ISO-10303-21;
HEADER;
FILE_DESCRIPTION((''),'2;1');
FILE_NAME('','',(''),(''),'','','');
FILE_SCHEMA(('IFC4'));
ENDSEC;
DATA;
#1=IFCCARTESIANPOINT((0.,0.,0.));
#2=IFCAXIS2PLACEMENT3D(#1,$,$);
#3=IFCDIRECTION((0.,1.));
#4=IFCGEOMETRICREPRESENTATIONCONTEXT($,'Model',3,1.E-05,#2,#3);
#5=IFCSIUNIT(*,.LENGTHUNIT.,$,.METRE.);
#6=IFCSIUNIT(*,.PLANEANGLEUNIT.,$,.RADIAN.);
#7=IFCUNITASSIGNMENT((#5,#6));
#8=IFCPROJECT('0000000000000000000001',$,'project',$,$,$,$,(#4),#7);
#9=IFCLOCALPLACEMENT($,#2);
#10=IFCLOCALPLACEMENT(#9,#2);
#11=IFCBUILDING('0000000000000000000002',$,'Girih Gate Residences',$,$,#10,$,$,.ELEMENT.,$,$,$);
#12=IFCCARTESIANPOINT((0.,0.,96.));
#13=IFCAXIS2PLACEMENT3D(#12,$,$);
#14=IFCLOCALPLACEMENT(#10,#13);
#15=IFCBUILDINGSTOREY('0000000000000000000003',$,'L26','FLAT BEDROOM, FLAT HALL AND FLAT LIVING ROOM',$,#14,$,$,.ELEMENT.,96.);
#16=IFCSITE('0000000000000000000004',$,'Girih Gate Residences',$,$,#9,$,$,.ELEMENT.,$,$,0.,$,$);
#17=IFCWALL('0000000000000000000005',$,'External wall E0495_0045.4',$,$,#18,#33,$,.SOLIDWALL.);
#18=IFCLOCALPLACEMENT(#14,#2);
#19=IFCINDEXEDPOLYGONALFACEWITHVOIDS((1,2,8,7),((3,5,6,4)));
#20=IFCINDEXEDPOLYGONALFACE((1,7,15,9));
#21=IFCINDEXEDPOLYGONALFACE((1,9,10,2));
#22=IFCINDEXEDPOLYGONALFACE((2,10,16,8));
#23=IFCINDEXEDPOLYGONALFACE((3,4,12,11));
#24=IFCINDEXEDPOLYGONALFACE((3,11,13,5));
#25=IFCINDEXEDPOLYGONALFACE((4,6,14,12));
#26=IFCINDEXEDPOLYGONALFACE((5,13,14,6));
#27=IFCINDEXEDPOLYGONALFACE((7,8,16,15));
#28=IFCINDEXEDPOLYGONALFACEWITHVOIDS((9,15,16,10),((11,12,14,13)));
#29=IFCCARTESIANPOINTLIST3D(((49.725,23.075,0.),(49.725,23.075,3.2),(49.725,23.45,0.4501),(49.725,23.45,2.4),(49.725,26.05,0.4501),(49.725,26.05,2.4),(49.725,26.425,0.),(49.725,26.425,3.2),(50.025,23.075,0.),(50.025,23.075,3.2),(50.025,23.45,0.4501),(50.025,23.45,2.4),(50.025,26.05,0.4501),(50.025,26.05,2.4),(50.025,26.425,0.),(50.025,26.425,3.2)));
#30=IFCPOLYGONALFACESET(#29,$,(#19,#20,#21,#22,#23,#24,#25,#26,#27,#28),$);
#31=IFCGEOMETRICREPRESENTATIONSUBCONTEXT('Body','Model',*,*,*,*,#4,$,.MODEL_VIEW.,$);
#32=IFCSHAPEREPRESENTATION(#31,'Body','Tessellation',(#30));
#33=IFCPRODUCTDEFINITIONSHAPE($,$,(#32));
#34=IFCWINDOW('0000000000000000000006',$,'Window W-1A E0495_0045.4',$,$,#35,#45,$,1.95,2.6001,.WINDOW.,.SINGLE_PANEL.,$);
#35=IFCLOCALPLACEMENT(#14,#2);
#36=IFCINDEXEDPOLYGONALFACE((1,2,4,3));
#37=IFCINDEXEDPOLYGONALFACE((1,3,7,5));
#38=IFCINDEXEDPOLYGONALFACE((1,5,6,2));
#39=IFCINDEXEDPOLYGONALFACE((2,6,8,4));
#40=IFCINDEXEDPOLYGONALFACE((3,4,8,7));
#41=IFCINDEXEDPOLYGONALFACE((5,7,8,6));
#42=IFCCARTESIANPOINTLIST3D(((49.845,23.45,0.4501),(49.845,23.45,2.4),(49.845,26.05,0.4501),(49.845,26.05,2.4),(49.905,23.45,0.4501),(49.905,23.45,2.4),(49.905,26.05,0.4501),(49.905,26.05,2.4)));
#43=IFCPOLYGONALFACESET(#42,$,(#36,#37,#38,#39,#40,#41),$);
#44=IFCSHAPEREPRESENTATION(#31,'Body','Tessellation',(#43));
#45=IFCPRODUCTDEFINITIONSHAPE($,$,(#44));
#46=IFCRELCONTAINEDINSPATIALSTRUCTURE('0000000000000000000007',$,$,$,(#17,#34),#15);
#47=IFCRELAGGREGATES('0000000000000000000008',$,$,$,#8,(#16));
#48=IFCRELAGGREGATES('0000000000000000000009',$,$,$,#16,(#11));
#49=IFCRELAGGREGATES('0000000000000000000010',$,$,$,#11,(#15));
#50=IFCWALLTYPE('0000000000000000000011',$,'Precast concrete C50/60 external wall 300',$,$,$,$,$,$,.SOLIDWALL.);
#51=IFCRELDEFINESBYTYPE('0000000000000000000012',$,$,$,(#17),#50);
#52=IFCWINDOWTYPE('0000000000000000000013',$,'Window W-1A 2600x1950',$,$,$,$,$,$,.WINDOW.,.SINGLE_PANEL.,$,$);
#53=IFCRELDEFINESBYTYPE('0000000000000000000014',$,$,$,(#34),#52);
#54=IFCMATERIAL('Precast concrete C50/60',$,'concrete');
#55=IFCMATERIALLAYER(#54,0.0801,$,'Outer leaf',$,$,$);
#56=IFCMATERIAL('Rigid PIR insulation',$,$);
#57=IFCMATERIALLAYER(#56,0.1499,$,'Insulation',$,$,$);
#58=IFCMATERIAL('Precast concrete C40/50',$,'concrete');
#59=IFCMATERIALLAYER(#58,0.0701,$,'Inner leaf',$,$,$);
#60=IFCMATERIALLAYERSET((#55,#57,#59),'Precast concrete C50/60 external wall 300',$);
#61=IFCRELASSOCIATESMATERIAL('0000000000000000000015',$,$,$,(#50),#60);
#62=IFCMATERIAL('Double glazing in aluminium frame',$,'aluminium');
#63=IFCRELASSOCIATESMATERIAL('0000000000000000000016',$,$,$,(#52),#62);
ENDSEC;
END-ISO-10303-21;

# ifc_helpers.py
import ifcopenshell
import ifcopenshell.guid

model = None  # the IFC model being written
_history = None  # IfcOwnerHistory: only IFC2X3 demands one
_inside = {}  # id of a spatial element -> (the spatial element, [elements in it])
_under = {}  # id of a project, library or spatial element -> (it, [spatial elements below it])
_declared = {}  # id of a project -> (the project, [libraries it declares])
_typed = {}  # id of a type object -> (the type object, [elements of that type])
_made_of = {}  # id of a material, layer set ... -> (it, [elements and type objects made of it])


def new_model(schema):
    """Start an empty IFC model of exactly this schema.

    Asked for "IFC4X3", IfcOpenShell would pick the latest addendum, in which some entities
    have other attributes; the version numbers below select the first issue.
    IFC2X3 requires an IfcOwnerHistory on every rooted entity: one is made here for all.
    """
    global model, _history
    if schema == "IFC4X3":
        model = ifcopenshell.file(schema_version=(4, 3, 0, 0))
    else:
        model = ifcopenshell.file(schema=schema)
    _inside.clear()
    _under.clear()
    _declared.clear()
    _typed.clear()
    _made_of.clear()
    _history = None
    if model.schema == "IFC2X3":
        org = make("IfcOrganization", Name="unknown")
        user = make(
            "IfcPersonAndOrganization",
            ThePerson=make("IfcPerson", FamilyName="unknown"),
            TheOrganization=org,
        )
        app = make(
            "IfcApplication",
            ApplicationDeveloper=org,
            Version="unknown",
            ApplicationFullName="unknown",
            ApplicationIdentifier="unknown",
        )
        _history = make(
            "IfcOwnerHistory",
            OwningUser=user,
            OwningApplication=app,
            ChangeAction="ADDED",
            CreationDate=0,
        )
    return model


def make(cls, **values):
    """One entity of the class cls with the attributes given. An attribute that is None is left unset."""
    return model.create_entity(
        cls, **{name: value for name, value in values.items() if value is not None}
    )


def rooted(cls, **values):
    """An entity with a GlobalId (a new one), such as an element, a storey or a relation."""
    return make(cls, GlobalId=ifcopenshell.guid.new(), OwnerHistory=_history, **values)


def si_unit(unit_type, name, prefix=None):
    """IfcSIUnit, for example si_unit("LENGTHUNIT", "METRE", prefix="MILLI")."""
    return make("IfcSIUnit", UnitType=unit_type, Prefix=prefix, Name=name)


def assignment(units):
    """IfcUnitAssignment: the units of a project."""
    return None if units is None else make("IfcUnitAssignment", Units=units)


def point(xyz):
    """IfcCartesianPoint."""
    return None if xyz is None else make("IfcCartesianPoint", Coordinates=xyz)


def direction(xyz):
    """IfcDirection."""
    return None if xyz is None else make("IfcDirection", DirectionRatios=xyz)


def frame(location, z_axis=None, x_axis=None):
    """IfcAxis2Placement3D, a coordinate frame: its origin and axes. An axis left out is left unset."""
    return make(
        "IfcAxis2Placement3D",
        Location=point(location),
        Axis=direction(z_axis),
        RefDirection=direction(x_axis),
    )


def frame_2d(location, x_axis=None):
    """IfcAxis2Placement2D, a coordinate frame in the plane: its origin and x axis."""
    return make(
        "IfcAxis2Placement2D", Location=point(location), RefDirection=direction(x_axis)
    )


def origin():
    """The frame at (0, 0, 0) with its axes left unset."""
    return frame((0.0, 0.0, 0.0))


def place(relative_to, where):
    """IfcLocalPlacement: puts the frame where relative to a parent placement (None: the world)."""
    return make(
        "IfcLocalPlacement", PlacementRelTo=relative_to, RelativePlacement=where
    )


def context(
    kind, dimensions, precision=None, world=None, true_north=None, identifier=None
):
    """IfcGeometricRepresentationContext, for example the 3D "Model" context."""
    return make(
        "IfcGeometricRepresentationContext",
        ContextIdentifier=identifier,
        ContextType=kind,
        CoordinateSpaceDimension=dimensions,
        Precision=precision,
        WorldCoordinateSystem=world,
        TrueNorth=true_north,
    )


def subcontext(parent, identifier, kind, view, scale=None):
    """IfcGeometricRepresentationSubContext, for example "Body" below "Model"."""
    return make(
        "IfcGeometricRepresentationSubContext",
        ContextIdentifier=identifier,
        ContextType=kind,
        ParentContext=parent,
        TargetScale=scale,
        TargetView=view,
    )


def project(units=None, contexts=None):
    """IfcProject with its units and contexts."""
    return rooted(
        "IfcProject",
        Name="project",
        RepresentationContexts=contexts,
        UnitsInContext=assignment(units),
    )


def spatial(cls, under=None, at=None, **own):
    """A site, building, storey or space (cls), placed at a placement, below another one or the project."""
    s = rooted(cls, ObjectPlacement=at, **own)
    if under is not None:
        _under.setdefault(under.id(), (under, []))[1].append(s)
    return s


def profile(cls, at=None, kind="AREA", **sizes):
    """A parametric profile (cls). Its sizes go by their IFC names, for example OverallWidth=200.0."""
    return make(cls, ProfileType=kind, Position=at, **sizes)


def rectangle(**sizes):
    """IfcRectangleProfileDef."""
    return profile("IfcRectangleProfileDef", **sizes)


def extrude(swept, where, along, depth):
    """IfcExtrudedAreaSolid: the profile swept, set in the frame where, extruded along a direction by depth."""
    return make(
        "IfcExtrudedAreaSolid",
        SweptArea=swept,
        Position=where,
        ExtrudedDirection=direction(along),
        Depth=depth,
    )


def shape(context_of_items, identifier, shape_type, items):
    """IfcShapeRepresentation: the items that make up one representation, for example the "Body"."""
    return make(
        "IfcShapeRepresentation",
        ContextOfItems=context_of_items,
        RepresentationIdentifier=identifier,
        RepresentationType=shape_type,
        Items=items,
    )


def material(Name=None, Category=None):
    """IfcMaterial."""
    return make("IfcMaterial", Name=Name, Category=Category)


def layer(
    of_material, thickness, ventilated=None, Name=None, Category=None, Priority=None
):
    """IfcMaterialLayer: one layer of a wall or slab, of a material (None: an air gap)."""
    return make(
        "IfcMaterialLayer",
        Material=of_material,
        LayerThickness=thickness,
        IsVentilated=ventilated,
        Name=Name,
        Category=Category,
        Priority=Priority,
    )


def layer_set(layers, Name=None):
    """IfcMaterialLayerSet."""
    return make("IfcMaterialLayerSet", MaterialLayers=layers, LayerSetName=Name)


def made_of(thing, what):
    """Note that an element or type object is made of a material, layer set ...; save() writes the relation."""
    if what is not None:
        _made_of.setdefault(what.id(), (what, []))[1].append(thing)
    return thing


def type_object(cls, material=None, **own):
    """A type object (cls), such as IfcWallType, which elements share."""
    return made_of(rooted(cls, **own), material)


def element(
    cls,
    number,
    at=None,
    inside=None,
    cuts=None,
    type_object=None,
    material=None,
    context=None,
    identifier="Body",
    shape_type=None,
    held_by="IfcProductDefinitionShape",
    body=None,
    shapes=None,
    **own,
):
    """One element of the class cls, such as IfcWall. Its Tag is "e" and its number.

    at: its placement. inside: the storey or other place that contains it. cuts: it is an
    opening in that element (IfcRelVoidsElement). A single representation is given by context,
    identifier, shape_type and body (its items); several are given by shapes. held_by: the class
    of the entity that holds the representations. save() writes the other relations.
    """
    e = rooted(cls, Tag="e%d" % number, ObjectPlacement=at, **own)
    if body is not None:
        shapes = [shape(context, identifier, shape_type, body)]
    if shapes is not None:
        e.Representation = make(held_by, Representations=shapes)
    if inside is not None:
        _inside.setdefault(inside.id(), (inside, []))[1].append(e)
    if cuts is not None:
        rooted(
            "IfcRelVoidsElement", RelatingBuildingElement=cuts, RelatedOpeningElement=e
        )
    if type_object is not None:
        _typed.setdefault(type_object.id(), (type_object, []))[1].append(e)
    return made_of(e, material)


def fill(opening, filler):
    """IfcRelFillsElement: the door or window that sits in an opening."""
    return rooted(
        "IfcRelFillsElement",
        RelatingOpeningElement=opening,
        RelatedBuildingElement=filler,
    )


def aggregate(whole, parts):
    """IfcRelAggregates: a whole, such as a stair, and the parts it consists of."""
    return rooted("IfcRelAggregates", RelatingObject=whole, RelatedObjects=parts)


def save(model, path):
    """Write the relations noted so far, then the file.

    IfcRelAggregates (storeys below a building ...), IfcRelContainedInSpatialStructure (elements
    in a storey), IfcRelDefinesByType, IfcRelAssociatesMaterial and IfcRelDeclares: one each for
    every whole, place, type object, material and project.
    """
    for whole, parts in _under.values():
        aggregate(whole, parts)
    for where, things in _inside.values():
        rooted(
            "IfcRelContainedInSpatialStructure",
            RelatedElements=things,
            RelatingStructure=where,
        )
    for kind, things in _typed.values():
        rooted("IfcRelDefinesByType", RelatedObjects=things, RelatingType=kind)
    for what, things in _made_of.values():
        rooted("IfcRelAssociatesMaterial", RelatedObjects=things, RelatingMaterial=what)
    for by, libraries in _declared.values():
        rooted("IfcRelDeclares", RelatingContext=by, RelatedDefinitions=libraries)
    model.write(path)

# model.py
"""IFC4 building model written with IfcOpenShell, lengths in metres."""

from ifc_helpers import new_model, si_unit, direction, frame, frame_2d, origin, place, context, subcontext, project, spatial, rectangle, extrude, material, layer, layer_set, type_object, element, fill, save


model = new_model("IFC4")

# Units and contexts
model_context = context("Model", 3, precision=1e-05, world=origin(), true_north=direction((0.0, 1.0)))
body_context = subcontext(model_context, "Body", "Model", "MODEL_VIEW")
ifc_project = project(units=[si_unit("LENGTHUNIT", "METRE"), si_unit("PLANEANGLEUNIT", "RADIAN")], contexts=[model_context])

# Site, building, storey
site_placement = place(None, origin())
site = spatial("IfcSite", under=ifc_project, at=site_placement, Name="Girih Gate Residences", CompositionType="ELEMENT", RefElevation=0.0)
building_placement = place(site_placement, origin())
building = spatial("IfcBuilding", under=site, at=building_placement, Name="Girih Gate Residences", CompositionType="ELEMENT")
storey_placement = place(building_placement, frame((0.0, 0.0, 96.0)))
storey = spatial("IfcBuildingStorey", under=building, at=storey_placement, Name="L26", Description="FLAT BEDROOM, FLAT HALL AND FLAT LIVING ROOM", CompositionType="ELEMENT", Elevation=96.0)

# Wall, opening, window
ifc_material_1 = material(Name="Precast concrete C50/60", Category="concrete")
ifc_layer_1 = layer(ifc_material_1, 0.0801, Name="Outer leaf")
ifc_material_2 = material(Name="Rigid PIR insulation")
ifc_layer_2 = layer(ifc_material_2, 0.1499, Name="Insulation")
ifc_material_3 = material(Name="Precast concrete C40/50", Category="concrete")
ifc_layer_3 = layer(ifc_material_3, 0.0701, Name="Inner leaf")
ifc_layer_set_1 = layer_set([ifc_layer_1, ifc_layer_2, ifc_layer_3], Name="Precast concrete C50/60 external wall 300")
wall_type_1 = type_object("IfcWallType", Name="Precast concrete C50/60 external wall 300", PredefinedType="SOLIDWALL", material=ifc_layer_set_1)
ifc_material_4 = material(Name="Double glazing in aluminium frame", Category="aluminium")
window_type = type_object("IfcWindowType", Name="Window W-1A 2600x1950", PartitioningType="SINGLE_PANEL", PredefinedType="WINDOW", material=ifc_material_4)
wall_1_placement = place(storey_placement, frame((49.875, 26.425, 0.0), z_axis=(0.0, 0.0, 1.0), x_axis=(0.0, -1.0, 0.0)))
wall_1 = element("IfcWall", 1, at=wall_1_placement, inside=storey, type_object=wall_type_1, Name="External wall E0495_0045.4", PredefinedType="SOLIDWALL", context=body_context, shape_type="SweptSolid", body=[
    extrude(rectangle(XDim=3.3501, YDim=0.3, at=frame_2d((1.675, 0.0))), origin(), (0.0, 0.0, 1.0), 3.2),
])
opening_1_placement = place(wall_1_placement, frame((0.375, 0.0, 0.45)))
opening_1 = element("IfcOpeningElement", 2, at=opening_1_placement, cuts=wall_1, PredefinedType="OPENING", context=body_context, shape_type="SweptSolid", body=[
    extrude(rectangle(XDim=2.6001, YDim=1.95, at=frame_2d((1.3, 0.9751))), frame((0.0, 0.1599, 0.0), z_axis=(0.0, -1.0, 0.0), x_axis=(1.0, 0.0, 0.0)), (0.0, 0.0, 1.0), 0.3201),
])
window_1_placement = place(opening_1_placement, origin())
window_1 = element("IfcWindow", 3, at=window_1_placement, inside=storey, type_object=window_type, Name="Window W-1A E0495_0045.4", OverallHeight=1.95, OverallWidth=2.6001, PartitioningType="SINGLE_PANEL", PredefinedType="WINDOW", context=body_context, shape_type="SweptSolid", body=[
    extrude(rectangle(XDim=2.6001, YDim=1.95, at=frame_2d((1.3, 0.9751))), frame((0.0, 0.03, 0.0), z_axis=(0.0, -1.0, 0.0), x_axis=(1.0, 0.0, 0.0)), (0.0, 0.0, 1.0), 0.0601),
])
fill(opening_1, window_1)

save(model, "model.ifc")
